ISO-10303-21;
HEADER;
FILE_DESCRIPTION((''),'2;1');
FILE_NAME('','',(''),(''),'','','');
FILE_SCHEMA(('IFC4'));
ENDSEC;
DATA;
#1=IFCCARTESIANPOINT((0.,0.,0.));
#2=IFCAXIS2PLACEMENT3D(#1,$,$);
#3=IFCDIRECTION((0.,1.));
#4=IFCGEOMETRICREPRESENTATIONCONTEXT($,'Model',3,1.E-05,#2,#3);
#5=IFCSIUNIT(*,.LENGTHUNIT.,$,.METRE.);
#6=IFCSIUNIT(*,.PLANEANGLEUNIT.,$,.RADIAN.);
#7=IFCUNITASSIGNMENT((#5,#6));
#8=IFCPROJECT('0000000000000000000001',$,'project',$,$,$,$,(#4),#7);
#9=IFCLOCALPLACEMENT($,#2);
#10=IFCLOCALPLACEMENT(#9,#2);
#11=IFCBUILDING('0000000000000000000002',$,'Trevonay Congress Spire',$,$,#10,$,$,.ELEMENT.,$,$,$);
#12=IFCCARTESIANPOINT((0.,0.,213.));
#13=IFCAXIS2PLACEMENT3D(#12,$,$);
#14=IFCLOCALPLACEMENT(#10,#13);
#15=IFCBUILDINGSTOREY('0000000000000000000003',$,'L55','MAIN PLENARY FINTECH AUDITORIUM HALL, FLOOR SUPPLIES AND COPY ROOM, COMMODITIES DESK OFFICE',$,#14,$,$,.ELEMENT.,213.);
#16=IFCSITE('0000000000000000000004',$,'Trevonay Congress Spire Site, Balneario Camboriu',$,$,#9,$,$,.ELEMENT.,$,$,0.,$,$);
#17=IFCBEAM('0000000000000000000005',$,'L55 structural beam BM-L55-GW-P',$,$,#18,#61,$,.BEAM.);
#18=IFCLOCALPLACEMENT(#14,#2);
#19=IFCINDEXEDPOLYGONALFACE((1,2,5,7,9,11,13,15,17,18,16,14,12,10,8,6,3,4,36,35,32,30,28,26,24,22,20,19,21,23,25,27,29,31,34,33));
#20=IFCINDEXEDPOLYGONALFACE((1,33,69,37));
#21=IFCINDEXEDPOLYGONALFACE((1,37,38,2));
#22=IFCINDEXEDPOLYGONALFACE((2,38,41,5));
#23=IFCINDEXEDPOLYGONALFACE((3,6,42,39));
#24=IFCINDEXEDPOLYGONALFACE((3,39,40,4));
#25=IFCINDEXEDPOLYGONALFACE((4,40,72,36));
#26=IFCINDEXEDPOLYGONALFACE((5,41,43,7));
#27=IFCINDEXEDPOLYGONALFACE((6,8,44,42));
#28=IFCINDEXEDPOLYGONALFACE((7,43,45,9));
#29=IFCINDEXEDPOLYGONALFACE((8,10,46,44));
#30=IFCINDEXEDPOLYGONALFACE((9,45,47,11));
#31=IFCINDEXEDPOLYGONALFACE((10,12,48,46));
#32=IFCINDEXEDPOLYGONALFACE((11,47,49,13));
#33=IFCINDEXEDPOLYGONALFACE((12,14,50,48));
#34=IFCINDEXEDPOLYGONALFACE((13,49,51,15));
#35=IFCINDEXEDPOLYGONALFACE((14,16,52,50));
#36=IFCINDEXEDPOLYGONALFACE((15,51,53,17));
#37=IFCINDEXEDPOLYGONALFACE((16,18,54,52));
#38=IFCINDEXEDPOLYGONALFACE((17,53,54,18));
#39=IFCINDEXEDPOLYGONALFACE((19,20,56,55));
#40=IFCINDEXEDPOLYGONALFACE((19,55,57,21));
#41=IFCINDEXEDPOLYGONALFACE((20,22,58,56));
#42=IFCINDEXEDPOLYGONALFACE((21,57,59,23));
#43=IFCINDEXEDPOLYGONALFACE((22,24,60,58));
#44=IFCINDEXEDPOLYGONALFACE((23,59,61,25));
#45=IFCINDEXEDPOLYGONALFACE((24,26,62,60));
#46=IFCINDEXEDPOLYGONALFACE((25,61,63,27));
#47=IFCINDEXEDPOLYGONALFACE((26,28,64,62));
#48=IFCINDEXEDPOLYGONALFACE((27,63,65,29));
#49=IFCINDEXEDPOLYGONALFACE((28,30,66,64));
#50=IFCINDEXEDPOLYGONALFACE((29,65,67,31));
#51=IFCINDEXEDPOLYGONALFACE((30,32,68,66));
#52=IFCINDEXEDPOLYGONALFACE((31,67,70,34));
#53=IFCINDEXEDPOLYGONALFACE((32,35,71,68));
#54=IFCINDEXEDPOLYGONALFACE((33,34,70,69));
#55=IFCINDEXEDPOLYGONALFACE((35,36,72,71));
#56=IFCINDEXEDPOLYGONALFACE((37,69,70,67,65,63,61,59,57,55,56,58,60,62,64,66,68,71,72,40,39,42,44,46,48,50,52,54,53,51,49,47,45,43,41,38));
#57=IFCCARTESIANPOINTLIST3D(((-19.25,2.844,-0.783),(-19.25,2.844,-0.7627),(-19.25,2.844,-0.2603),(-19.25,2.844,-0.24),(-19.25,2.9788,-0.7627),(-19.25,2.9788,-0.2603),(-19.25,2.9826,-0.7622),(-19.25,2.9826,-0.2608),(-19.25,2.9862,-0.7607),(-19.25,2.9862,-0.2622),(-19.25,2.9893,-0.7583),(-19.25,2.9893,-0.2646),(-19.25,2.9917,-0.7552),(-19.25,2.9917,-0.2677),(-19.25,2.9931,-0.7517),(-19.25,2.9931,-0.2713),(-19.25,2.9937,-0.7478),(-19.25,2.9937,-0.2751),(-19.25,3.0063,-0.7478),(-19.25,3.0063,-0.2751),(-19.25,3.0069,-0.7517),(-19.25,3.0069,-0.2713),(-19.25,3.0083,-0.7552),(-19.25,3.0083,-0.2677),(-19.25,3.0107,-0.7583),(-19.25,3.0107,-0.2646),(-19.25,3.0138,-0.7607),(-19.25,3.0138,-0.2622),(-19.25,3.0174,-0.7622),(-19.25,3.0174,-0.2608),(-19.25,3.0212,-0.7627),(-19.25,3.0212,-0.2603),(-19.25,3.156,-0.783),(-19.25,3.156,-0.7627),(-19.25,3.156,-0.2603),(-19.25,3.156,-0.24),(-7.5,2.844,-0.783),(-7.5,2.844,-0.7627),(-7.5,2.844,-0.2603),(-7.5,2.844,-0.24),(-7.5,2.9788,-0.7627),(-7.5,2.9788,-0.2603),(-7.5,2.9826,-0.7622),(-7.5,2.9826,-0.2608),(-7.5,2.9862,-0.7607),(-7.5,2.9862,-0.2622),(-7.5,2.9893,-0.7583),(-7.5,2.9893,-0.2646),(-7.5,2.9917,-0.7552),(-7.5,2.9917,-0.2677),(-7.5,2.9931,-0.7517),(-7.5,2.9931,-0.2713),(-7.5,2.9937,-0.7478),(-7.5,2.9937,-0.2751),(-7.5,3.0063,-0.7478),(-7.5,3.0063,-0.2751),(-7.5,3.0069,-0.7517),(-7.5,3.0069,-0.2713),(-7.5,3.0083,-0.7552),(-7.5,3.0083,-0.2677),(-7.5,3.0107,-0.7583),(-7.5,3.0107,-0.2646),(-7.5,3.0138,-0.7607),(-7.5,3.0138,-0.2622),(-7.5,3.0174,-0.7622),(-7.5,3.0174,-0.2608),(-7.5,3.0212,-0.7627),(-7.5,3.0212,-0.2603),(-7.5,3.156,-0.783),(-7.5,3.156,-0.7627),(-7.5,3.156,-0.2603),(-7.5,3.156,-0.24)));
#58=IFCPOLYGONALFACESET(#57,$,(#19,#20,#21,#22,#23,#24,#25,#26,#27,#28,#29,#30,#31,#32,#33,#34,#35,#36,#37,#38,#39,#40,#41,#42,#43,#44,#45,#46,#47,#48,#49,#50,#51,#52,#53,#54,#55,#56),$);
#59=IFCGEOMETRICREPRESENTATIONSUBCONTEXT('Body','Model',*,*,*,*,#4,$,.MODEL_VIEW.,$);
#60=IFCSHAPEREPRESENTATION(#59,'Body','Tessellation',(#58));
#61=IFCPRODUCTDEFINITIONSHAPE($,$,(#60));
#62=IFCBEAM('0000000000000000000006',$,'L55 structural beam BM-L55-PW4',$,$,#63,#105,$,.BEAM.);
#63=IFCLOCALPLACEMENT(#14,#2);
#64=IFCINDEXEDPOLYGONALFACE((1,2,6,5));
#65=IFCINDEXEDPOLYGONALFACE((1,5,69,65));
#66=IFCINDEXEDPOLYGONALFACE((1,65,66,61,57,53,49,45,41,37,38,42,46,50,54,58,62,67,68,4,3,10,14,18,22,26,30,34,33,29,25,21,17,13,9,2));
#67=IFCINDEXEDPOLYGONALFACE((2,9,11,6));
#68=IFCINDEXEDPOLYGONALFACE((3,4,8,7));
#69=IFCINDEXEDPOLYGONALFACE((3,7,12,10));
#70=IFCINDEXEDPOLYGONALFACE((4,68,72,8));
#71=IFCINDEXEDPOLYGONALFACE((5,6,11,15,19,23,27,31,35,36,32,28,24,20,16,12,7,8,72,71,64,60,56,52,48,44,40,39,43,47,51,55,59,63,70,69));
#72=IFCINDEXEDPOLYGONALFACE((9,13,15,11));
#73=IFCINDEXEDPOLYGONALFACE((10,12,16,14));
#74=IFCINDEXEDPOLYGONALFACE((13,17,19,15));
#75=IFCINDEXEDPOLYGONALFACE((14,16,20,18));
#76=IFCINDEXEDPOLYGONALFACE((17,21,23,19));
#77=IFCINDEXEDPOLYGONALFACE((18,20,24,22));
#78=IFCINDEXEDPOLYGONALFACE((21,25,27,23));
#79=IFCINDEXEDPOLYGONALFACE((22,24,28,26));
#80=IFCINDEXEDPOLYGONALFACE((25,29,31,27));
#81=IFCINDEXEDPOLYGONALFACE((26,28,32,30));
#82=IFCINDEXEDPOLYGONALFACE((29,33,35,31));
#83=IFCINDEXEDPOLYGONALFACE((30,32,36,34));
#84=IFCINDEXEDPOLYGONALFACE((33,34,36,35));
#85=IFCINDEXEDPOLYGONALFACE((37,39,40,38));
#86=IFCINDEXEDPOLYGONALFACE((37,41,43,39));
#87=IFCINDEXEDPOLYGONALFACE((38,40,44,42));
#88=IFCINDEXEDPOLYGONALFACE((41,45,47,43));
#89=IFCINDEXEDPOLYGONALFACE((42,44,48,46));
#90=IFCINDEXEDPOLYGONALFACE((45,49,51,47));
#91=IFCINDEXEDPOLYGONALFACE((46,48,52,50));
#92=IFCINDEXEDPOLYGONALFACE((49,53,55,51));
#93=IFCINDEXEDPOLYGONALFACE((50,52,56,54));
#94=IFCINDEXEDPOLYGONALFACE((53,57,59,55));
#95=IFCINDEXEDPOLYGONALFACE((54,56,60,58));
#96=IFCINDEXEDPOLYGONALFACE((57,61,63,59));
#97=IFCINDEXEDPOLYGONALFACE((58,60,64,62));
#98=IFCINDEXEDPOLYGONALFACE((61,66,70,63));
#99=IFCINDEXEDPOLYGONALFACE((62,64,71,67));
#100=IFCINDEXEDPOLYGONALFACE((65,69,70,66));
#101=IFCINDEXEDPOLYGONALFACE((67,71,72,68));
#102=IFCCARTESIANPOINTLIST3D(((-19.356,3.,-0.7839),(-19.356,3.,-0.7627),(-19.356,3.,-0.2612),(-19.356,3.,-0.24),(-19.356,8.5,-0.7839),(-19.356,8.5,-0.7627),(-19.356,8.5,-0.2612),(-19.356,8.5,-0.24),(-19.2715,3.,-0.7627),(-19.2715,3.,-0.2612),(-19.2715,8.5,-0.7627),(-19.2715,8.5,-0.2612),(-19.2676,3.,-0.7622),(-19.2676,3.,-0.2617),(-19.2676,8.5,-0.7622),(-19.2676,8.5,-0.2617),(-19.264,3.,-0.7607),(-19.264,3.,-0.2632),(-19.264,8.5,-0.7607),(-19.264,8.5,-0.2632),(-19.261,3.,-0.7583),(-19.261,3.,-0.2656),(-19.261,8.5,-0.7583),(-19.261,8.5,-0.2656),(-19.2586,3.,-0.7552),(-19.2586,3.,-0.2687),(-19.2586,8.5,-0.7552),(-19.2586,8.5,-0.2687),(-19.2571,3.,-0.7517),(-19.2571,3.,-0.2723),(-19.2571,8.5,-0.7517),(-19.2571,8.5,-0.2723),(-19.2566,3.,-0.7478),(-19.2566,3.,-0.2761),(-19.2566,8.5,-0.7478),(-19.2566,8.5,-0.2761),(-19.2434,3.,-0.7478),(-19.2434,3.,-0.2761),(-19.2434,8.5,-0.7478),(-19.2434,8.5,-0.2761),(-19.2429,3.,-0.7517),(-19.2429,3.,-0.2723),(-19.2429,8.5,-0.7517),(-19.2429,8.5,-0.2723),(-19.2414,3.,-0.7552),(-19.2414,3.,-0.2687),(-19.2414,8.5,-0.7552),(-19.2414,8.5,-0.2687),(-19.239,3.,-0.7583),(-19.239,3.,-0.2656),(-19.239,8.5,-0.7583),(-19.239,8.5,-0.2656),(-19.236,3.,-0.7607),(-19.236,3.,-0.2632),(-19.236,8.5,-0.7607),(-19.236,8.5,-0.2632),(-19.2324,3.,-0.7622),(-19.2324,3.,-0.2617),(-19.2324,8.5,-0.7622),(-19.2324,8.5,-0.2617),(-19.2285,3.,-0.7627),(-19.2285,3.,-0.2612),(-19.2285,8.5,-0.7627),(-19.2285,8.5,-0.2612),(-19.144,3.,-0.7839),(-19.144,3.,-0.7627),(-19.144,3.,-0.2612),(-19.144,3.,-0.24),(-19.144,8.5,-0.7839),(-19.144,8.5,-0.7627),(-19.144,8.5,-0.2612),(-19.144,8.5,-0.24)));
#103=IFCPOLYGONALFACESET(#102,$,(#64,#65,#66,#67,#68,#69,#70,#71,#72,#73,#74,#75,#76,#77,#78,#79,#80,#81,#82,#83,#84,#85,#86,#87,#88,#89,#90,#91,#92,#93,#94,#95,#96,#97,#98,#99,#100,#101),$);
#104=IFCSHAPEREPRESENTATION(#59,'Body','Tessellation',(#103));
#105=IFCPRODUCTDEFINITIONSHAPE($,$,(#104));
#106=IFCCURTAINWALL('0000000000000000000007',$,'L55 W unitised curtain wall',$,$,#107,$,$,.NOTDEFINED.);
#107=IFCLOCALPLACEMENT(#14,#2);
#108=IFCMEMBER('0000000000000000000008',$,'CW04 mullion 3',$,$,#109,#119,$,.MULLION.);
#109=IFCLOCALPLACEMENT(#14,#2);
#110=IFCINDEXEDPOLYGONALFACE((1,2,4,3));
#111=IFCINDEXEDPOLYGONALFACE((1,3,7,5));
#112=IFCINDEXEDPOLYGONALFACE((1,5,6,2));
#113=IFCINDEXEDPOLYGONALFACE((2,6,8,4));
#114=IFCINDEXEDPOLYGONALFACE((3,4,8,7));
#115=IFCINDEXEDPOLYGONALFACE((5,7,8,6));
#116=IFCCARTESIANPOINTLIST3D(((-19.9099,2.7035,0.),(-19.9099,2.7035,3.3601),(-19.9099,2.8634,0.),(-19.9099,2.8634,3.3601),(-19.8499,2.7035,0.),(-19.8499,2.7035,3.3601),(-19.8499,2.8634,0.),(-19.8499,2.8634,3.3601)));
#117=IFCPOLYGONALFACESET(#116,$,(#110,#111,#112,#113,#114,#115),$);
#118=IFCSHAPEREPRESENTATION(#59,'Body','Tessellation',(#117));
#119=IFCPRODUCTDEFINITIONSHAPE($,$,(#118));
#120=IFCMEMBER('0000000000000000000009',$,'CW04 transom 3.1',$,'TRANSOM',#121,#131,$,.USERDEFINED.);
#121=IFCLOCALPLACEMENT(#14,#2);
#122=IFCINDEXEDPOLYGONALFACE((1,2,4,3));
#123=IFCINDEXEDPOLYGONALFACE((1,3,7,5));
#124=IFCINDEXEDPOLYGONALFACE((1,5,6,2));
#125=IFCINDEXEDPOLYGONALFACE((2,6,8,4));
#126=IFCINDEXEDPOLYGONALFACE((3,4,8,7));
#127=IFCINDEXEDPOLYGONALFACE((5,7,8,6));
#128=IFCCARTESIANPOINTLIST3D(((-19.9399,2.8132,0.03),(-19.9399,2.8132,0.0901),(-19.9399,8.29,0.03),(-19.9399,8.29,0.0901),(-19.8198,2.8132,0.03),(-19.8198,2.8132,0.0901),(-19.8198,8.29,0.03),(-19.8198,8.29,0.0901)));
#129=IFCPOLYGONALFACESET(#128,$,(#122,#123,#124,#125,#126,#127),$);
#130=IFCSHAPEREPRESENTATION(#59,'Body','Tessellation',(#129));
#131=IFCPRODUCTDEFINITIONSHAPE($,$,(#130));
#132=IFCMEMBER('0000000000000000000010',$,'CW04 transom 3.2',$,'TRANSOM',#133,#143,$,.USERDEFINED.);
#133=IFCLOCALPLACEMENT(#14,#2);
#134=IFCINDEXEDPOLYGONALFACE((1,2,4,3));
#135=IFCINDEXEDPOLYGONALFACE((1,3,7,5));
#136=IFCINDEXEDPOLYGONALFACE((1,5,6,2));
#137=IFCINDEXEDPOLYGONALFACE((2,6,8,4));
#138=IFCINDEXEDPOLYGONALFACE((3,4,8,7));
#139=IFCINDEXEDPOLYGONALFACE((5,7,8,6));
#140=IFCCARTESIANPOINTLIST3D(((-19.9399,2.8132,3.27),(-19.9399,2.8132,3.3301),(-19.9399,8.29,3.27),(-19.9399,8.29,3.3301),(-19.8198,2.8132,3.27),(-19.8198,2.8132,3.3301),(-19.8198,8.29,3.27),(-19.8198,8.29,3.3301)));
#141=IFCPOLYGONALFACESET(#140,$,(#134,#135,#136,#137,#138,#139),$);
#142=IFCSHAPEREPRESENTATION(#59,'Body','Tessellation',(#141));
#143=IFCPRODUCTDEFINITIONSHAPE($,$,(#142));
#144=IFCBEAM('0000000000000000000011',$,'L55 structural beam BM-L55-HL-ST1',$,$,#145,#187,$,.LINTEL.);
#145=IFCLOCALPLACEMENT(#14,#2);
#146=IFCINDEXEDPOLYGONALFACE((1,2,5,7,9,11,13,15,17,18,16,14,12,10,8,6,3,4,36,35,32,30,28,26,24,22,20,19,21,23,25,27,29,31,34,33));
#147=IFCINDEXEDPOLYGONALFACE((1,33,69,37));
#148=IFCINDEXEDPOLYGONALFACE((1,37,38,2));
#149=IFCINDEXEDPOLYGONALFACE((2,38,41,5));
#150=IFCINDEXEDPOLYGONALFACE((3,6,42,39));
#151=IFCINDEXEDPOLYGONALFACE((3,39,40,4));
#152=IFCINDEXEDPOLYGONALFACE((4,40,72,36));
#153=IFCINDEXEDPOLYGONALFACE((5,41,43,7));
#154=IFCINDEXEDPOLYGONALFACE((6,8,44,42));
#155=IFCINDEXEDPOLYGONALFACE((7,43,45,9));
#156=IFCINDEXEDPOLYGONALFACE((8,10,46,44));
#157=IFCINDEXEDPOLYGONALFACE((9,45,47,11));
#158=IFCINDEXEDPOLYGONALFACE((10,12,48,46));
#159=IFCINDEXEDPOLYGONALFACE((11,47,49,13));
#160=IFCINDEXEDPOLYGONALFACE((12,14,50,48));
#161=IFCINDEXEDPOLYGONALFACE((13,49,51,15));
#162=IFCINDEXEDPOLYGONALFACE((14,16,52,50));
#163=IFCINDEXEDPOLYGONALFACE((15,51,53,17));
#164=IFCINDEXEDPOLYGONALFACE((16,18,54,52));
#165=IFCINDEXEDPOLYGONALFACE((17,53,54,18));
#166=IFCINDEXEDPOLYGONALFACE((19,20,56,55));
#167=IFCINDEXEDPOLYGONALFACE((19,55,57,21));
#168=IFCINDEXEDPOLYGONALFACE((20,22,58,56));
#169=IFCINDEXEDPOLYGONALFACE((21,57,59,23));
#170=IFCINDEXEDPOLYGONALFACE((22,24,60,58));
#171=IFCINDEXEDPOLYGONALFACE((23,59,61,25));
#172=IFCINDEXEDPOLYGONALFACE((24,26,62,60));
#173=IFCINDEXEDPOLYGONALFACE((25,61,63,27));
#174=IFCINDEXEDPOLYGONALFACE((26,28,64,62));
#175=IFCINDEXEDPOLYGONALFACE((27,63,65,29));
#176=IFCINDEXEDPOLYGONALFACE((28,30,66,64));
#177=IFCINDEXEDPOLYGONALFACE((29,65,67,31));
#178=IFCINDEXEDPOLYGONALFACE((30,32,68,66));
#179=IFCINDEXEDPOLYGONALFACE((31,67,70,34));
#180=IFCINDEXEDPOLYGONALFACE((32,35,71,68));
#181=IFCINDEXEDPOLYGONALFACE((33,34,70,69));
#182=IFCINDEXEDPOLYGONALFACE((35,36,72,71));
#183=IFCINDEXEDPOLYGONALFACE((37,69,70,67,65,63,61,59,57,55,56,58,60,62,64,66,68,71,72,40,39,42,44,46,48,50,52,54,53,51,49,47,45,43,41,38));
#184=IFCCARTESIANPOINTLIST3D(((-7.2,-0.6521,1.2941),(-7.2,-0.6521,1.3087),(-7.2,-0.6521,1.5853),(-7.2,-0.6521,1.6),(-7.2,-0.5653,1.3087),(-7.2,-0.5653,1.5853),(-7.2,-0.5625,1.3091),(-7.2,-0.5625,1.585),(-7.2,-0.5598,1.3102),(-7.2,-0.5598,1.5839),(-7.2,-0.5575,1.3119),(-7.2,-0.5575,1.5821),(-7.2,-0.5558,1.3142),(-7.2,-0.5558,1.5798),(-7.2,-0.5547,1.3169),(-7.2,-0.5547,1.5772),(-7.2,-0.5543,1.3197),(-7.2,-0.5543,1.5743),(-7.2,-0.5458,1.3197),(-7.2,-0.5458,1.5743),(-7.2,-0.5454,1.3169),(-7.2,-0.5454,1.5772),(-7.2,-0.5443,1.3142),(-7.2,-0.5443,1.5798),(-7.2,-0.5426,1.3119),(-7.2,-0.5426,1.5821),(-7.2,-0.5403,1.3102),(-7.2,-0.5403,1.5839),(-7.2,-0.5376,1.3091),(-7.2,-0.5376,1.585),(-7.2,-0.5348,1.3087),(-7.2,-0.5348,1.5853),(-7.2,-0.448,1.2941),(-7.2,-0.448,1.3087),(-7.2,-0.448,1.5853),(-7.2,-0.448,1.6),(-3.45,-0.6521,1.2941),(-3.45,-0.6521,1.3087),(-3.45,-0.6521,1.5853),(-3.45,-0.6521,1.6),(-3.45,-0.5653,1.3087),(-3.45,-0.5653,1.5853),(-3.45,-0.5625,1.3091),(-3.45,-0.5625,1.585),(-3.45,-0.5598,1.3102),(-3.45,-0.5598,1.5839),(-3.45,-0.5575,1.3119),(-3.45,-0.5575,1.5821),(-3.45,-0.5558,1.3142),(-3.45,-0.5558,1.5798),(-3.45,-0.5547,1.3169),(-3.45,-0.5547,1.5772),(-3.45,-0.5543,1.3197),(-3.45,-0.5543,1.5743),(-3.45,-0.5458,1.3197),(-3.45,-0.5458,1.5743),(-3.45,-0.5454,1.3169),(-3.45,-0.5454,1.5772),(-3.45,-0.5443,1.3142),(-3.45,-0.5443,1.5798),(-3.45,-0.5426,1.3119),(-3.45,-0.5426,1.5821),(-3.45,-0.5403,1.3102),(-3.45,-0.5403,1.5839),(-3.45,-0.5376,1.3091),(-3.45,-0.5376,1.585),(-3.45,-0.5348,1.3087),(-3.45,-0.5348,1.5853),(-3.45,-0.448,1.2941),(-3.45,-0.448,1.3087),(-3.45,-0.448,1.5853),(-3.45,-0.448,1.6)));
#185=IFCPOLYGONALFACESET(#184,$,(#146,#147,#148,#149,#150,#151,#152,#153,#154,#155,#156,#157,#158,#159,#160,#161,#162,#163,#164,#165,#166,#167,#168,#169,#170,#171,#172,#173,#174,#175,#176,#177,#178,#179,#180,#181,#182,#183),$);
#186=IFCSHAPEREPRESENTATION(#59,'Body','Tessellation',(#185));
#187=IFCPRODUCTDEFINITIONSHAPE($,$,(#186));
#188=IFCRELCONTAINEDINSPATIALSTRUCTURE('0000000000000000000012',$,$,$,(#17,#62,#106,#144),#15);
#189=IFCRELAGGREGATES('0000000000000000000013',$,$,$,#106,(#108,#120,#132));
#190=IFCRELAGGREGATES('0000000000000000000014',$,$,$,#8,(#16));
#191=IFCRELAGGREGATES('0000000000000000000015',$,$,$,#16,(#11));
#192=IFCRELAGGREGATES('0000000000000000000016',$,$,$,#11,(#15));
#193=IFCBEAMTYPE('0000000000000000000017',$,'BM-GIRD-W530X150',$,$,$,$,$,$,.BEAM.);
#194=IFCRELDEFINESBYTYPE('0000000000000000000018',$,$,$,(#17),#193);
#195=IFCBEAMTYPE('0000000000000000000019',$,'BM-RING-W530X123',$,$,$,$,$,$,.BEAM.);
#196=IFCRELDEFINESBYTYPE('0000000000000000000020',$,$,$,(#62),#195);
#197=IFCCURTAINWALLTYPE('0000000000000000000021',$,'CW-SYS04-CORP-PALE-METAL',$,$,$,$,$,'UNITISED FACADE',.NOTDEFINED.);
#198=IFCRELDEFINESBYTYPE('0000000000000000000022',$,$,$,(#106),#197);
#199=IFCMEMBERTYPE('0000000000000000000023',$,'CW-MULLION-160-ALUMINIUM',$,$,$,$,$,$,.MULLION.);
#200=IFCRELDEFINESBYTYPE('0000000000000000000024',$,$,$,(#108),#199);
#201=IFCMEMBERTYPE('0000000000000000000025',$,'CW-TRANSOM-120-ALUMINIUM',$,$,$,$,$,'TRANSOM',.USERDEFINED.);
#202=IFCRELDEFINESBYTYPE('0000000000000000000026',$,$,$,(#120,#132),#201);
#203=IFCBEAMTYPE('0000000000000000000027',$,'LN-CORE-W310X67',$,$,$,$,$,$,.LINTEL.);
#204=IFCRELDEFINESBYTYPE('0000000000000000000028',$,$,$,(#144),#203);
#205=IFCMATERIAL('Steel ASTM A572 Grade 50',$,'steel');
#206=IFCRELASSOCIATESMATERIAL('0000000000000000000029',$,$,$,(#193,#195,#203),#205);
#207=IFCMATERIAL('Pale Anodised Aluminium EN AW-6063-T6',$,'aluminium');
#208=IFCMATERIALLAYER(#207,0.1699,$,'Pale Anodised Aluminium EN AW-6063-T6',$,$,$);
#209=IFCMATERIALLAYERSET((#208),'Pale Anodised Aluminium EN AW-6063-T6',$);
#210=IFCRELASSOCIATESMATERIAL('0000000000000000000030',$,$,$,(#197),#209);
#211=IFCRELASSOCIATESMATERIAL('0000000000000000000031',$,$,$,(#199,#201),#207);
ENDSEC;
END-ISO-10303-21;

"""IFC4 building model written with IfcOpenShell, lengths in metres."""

from ifc_helpers import new_model, si_unit, direction, frame, origin, origin_2d, place, context, subcontext, project, spatial, rectangle, i_section, extrude, material, layer, layer_set, material_profile, profile_set, type_object, element, aggregate, save


model = new_model("IFC4")

# Units and contexts
model_context = context("Model", 3, precision=1e-05, world=origin(), true_north=direction((0.0, 1.0)))
body_context = subcontext(model_context, "Body", "Model", "MODEL_VIEW")
ifc_project = project(units=[si_unit("LENGTHUNIT", "METRE"), si_unit("PLANEANGLEUNIT", "RADIAN")], contexts=[model_context])

# Site, building, storey
site_placement = place(None, origin())
site = spatial("IfcSite", under=ifc_project, at=site_placement, Name="Trevonay Congress Spire Site, Balneario Camboriu", CompositionType="ELEMENT", RefElevation=0.0)
building_placement = place(site_placement, origin())
building = spatial("IfcBuilding", under=site, at=building_placement, Name="Trevonay Congress Spire", CompositionType="ELEMENT")
storey_placement = place(building_placement, frame((0.0, 0.0, 213.0)))
storey = spatial("IfcBuildingStorey", under=building, at=storey_placement, Name="L55", Description="MAIN PLENARY FINTECH AUDITORIUM HALL, FLOOR SUPPLIES AND COPY ROOM, COMMODITIES DESK OFFICE", CompositionType="ELEMENT", Elevation=213.0)

# Shared definitions
ifc_material_1 = material(Name="Steel ASTM A572 Grade 50", Category="steel")

# Beams
ifc_material_profile_1 = material_profile(ifc_material_1, i_section(OverallWidth=0.312, OverallDepth=0.543, WebThickness=0.0127, FlangeThickness=0.0203, FilletRadius=0.0149, at=origin_2d()), Name="W530x150")
ifc_profile_set_1 = profile_set([ifc_material_profile_1], Name="Steel ASTM A572 Grade 50")
beam_type_1 = type_object("IfcBeamType", Name="BM-GIRD-W530X150", PredefinedType="BEAM", material=ifc_profile_set_1)
beam_1_placement = place(storey_placement, frame((-7.5, 3.0, -0.5115), z_axis=(-1.0, 0.0, 0.0), x_axis=(0.0, -1.0, 0.0)))
element("IfcBeam", 1, at=beam_1_placement, inside=storey, type_object=beam_type_1, Name="L55 structural beam BM-L55-GW-P", PredefinedType="BEAM", context=body_context, shape_type="SweptSolid", body=[
    extrude(i_section(OverallWidth=0.312, OverallDepth=0.543, WebThickness=0.0127, FlangeThickness=0.0203, FilletRadius=0.0149, at=origin_2d()), origin(), (0.0, 0.0, 1.0), 11.75),
])
ifc_material_profile_2 = material_profile(ifc_material_1, i_section(OverallWidth=0.2119, OverallDepth=0.5439, WebThickness=0.0132, FlangeThickness=0.0212, FilletRadius=0.0149, at=origin_2d()), Name="W530x123")
ifc_profile_set_2 = profile_set([ifc_material_profile_2], Name="Steel ASTM A572 Grade 50")
beam_type_2 = type_object("IfcBeamType", Name="BM-RING-W530X123", PredefinedType="BEAM", material=ifc_profile_set_2)
beam_2_placement = place(storey_placement, frame((-19.25, 3.0, -0.512), z_axis=(0.0, 1.0, 0.0), x_axis=(-1.0, 0.0, 0.0)))
element("IfcBeam", 2, at=beam_2_placement, inside=storey, type_object=beam_type_2, Name="L55 structural beam BM-L55-PW4", PredefinedType="BEAM", context=body_context, shape_type="SweptSolid", body=[
    extrude(i_section(OverallWidth=0.2119, OverallDepth=0.5439, WebThickness=0.0132, FlangeThickness=0.0212, FilletRadius=0.0149, at=origin_2d()), origin(), (0.0, 0.0, 1.0), 5.5),
])

# Curtain wall, members
ifc_material_2 = material(Name="Pale Anodised Aluminium EN AW-6063-T6", Category="aluminium")
ifc_layer_1 = layer(ifc_material_2, 0.1699, Name="Pale Anodised Aluminium EN AW-6063-T6")
ifc_layer_set_1 = layer_set([ifc_layer_1], Name="Pale Anodised Aluminium EN AW-6063-T6")
curtain_wall_type = type_object("IfcCurtainWallType", Name="CW-SYS04-CORP-PALE-METAL", ElementType="UNITISED FACADE", PredefinedType="NOTDEFINED", material=ifc_layer_set_1)
curtain_wall_placement = place(storey_placement, origin())
curtain_wall = element("IfcCurtainWall", 3, at=curtain_wall_placement, inside=storey, type_object=curtain_wall_type, Name="L55 W unitised curtain wall", PredefinedType="NOTDEFINED")
ifc_material_profile_3 = material_profile(ifc_material_2, rectangle(XDim=0.0601, YDim=0.1599, at=origin_2d()), Name="CW-MULLION-160-ALUMINIUM")
ifc_profile_set_3 = profile_set([ifc_material_profile_3], Name="Pale Anodised Aluminium EN AW-6063-T6")
member_type_1 = type_object("IfcMemberType", Name="CW-MULLION-160-ALUMINIUM", PredefinedType="MULLION", material=ifc_profile_set_3)
member_1_placement = place(storey_placement, frame((-19.8799, 2.7834, 0.0), z_axis=(0.0, 0.0, 1.0), x_axis=(-1.0, 0.0, 0.0)))
member_1 = element("IfcMember", 4, at=member_1_placement, type_object=member_type_1, Name="CW04 mullion 3", PredefinedType="MULLION", context=body_context, shape_type="SweptSolid", body=[
    extrude(rectangle(XDim=0.0601, YDim=0.1599, at=origin_2d()), origin(), (0.0, 0.0, 1.0), 3.3601),
])
ifc_material_profile_4 = material_profile(ifc_material_2, rectangle(XDim=0.1201, YDim=0.0601, at=origin_2d()), Name="CW-TRANSOM-120-ALUMINIUM")
ifc_profile_set_4 = profile_set([ifc_material_profile_4], Name="Pale Anodised Aluminium EN AW-6063-T6")
member_type_2 = type_object("IfcMemberType", Name="CW-TRANSOM-120-ALUMINIUM", ElementType="TRANSOM", PredefinedType="USERDEFINED", material=ifc_profile_set_4)
member_2_placement = place(storey_placement, frame((-19.8799, 2.8132, 0.0601), z_axis=(0.0, 1.0, 0.0), x_axis=(-1.0, 0.0, 0.0)))
member_2 = element("IfcMember", 5, at=member_2_placement, type_object=member_type_2, Name="CW04 transom 3.1", ObjectType="TRANSOM", PredefinedType="USERDEFINED", context=body_context, shape_type="SweptSolid", body=[
    extrude(rectangle(XDim=0.1201, YDim=0.0601, at=origin_2d()), origin(), (0.0, 0.0, 1.0), 5.4768),
])
member_3_placement = place(storey_placement, frame((-19.8799, 2.8132, 3.3), z_axis=(0.0, 1.0, 0.0), x_axis=(-1.0, 0.0, 0.0)))
member_3 = element("IfcMember", 6, at=member_3_placement, type_object=member_type_2, Name="CW04 transom 3.2", ObjectType="TRANSOM", PredefinedType="USERDEFINED", context=body_context, shape_type="SweptSolid", body=[
    extrude(rectangle(XDim=0.1201, YDim=0.0601, at=origin_2d()), origin(), (0.0, 0.0, 1.0), 5.4768),
])

# Beam
ifc_material_profile_5 = material_profile(ifc_material_1, i_section(OverallWidth=0.2041, OverallDepth=0.3059, WebThickness=0.0085, FlangeThickness=0.0146, FilletRadius=0.011, at=origin_2d()), Name="W310x67")
ifc_profile_set_5 = profile_set([ifc_material_profile_5], Name="Steel ASTM A572 Grade 50")
beam_type_3 = type_object("IfcBeamType", Name="LN-CORE-W310X67", PredefinedType="LINTEL", material=ifc_profile_set_5)
beam_3_placement = place(storey_placement, frame((-7.2, -0.55, 1.447), z_axis=(1.0, 0.0, 0.0), x_axis=(0.0, 1.0, 0.0)))
element("IfcBeam", 7, at=beam_3_placement, inside=storey, type_object=beam_type_3, Name="L55 structural beam BM-L55-HL-ST1", PredefinedType="LINTEL", context=body_context, shape_type="SweptSolid", body=[
    extrude(i_section(OverallWidth=0.2041, OverallDepth=0.3059, WebThickness=0.0085, FlangeThickness=0.0146, FilletRadius=0.011, at=origin_2d()), origin(), (0.0, 0.0, 1.0), 3.75),
])

aggregate(curtain_wall, [member_1, member_2, member_3])

save(model, "model.ifc")
